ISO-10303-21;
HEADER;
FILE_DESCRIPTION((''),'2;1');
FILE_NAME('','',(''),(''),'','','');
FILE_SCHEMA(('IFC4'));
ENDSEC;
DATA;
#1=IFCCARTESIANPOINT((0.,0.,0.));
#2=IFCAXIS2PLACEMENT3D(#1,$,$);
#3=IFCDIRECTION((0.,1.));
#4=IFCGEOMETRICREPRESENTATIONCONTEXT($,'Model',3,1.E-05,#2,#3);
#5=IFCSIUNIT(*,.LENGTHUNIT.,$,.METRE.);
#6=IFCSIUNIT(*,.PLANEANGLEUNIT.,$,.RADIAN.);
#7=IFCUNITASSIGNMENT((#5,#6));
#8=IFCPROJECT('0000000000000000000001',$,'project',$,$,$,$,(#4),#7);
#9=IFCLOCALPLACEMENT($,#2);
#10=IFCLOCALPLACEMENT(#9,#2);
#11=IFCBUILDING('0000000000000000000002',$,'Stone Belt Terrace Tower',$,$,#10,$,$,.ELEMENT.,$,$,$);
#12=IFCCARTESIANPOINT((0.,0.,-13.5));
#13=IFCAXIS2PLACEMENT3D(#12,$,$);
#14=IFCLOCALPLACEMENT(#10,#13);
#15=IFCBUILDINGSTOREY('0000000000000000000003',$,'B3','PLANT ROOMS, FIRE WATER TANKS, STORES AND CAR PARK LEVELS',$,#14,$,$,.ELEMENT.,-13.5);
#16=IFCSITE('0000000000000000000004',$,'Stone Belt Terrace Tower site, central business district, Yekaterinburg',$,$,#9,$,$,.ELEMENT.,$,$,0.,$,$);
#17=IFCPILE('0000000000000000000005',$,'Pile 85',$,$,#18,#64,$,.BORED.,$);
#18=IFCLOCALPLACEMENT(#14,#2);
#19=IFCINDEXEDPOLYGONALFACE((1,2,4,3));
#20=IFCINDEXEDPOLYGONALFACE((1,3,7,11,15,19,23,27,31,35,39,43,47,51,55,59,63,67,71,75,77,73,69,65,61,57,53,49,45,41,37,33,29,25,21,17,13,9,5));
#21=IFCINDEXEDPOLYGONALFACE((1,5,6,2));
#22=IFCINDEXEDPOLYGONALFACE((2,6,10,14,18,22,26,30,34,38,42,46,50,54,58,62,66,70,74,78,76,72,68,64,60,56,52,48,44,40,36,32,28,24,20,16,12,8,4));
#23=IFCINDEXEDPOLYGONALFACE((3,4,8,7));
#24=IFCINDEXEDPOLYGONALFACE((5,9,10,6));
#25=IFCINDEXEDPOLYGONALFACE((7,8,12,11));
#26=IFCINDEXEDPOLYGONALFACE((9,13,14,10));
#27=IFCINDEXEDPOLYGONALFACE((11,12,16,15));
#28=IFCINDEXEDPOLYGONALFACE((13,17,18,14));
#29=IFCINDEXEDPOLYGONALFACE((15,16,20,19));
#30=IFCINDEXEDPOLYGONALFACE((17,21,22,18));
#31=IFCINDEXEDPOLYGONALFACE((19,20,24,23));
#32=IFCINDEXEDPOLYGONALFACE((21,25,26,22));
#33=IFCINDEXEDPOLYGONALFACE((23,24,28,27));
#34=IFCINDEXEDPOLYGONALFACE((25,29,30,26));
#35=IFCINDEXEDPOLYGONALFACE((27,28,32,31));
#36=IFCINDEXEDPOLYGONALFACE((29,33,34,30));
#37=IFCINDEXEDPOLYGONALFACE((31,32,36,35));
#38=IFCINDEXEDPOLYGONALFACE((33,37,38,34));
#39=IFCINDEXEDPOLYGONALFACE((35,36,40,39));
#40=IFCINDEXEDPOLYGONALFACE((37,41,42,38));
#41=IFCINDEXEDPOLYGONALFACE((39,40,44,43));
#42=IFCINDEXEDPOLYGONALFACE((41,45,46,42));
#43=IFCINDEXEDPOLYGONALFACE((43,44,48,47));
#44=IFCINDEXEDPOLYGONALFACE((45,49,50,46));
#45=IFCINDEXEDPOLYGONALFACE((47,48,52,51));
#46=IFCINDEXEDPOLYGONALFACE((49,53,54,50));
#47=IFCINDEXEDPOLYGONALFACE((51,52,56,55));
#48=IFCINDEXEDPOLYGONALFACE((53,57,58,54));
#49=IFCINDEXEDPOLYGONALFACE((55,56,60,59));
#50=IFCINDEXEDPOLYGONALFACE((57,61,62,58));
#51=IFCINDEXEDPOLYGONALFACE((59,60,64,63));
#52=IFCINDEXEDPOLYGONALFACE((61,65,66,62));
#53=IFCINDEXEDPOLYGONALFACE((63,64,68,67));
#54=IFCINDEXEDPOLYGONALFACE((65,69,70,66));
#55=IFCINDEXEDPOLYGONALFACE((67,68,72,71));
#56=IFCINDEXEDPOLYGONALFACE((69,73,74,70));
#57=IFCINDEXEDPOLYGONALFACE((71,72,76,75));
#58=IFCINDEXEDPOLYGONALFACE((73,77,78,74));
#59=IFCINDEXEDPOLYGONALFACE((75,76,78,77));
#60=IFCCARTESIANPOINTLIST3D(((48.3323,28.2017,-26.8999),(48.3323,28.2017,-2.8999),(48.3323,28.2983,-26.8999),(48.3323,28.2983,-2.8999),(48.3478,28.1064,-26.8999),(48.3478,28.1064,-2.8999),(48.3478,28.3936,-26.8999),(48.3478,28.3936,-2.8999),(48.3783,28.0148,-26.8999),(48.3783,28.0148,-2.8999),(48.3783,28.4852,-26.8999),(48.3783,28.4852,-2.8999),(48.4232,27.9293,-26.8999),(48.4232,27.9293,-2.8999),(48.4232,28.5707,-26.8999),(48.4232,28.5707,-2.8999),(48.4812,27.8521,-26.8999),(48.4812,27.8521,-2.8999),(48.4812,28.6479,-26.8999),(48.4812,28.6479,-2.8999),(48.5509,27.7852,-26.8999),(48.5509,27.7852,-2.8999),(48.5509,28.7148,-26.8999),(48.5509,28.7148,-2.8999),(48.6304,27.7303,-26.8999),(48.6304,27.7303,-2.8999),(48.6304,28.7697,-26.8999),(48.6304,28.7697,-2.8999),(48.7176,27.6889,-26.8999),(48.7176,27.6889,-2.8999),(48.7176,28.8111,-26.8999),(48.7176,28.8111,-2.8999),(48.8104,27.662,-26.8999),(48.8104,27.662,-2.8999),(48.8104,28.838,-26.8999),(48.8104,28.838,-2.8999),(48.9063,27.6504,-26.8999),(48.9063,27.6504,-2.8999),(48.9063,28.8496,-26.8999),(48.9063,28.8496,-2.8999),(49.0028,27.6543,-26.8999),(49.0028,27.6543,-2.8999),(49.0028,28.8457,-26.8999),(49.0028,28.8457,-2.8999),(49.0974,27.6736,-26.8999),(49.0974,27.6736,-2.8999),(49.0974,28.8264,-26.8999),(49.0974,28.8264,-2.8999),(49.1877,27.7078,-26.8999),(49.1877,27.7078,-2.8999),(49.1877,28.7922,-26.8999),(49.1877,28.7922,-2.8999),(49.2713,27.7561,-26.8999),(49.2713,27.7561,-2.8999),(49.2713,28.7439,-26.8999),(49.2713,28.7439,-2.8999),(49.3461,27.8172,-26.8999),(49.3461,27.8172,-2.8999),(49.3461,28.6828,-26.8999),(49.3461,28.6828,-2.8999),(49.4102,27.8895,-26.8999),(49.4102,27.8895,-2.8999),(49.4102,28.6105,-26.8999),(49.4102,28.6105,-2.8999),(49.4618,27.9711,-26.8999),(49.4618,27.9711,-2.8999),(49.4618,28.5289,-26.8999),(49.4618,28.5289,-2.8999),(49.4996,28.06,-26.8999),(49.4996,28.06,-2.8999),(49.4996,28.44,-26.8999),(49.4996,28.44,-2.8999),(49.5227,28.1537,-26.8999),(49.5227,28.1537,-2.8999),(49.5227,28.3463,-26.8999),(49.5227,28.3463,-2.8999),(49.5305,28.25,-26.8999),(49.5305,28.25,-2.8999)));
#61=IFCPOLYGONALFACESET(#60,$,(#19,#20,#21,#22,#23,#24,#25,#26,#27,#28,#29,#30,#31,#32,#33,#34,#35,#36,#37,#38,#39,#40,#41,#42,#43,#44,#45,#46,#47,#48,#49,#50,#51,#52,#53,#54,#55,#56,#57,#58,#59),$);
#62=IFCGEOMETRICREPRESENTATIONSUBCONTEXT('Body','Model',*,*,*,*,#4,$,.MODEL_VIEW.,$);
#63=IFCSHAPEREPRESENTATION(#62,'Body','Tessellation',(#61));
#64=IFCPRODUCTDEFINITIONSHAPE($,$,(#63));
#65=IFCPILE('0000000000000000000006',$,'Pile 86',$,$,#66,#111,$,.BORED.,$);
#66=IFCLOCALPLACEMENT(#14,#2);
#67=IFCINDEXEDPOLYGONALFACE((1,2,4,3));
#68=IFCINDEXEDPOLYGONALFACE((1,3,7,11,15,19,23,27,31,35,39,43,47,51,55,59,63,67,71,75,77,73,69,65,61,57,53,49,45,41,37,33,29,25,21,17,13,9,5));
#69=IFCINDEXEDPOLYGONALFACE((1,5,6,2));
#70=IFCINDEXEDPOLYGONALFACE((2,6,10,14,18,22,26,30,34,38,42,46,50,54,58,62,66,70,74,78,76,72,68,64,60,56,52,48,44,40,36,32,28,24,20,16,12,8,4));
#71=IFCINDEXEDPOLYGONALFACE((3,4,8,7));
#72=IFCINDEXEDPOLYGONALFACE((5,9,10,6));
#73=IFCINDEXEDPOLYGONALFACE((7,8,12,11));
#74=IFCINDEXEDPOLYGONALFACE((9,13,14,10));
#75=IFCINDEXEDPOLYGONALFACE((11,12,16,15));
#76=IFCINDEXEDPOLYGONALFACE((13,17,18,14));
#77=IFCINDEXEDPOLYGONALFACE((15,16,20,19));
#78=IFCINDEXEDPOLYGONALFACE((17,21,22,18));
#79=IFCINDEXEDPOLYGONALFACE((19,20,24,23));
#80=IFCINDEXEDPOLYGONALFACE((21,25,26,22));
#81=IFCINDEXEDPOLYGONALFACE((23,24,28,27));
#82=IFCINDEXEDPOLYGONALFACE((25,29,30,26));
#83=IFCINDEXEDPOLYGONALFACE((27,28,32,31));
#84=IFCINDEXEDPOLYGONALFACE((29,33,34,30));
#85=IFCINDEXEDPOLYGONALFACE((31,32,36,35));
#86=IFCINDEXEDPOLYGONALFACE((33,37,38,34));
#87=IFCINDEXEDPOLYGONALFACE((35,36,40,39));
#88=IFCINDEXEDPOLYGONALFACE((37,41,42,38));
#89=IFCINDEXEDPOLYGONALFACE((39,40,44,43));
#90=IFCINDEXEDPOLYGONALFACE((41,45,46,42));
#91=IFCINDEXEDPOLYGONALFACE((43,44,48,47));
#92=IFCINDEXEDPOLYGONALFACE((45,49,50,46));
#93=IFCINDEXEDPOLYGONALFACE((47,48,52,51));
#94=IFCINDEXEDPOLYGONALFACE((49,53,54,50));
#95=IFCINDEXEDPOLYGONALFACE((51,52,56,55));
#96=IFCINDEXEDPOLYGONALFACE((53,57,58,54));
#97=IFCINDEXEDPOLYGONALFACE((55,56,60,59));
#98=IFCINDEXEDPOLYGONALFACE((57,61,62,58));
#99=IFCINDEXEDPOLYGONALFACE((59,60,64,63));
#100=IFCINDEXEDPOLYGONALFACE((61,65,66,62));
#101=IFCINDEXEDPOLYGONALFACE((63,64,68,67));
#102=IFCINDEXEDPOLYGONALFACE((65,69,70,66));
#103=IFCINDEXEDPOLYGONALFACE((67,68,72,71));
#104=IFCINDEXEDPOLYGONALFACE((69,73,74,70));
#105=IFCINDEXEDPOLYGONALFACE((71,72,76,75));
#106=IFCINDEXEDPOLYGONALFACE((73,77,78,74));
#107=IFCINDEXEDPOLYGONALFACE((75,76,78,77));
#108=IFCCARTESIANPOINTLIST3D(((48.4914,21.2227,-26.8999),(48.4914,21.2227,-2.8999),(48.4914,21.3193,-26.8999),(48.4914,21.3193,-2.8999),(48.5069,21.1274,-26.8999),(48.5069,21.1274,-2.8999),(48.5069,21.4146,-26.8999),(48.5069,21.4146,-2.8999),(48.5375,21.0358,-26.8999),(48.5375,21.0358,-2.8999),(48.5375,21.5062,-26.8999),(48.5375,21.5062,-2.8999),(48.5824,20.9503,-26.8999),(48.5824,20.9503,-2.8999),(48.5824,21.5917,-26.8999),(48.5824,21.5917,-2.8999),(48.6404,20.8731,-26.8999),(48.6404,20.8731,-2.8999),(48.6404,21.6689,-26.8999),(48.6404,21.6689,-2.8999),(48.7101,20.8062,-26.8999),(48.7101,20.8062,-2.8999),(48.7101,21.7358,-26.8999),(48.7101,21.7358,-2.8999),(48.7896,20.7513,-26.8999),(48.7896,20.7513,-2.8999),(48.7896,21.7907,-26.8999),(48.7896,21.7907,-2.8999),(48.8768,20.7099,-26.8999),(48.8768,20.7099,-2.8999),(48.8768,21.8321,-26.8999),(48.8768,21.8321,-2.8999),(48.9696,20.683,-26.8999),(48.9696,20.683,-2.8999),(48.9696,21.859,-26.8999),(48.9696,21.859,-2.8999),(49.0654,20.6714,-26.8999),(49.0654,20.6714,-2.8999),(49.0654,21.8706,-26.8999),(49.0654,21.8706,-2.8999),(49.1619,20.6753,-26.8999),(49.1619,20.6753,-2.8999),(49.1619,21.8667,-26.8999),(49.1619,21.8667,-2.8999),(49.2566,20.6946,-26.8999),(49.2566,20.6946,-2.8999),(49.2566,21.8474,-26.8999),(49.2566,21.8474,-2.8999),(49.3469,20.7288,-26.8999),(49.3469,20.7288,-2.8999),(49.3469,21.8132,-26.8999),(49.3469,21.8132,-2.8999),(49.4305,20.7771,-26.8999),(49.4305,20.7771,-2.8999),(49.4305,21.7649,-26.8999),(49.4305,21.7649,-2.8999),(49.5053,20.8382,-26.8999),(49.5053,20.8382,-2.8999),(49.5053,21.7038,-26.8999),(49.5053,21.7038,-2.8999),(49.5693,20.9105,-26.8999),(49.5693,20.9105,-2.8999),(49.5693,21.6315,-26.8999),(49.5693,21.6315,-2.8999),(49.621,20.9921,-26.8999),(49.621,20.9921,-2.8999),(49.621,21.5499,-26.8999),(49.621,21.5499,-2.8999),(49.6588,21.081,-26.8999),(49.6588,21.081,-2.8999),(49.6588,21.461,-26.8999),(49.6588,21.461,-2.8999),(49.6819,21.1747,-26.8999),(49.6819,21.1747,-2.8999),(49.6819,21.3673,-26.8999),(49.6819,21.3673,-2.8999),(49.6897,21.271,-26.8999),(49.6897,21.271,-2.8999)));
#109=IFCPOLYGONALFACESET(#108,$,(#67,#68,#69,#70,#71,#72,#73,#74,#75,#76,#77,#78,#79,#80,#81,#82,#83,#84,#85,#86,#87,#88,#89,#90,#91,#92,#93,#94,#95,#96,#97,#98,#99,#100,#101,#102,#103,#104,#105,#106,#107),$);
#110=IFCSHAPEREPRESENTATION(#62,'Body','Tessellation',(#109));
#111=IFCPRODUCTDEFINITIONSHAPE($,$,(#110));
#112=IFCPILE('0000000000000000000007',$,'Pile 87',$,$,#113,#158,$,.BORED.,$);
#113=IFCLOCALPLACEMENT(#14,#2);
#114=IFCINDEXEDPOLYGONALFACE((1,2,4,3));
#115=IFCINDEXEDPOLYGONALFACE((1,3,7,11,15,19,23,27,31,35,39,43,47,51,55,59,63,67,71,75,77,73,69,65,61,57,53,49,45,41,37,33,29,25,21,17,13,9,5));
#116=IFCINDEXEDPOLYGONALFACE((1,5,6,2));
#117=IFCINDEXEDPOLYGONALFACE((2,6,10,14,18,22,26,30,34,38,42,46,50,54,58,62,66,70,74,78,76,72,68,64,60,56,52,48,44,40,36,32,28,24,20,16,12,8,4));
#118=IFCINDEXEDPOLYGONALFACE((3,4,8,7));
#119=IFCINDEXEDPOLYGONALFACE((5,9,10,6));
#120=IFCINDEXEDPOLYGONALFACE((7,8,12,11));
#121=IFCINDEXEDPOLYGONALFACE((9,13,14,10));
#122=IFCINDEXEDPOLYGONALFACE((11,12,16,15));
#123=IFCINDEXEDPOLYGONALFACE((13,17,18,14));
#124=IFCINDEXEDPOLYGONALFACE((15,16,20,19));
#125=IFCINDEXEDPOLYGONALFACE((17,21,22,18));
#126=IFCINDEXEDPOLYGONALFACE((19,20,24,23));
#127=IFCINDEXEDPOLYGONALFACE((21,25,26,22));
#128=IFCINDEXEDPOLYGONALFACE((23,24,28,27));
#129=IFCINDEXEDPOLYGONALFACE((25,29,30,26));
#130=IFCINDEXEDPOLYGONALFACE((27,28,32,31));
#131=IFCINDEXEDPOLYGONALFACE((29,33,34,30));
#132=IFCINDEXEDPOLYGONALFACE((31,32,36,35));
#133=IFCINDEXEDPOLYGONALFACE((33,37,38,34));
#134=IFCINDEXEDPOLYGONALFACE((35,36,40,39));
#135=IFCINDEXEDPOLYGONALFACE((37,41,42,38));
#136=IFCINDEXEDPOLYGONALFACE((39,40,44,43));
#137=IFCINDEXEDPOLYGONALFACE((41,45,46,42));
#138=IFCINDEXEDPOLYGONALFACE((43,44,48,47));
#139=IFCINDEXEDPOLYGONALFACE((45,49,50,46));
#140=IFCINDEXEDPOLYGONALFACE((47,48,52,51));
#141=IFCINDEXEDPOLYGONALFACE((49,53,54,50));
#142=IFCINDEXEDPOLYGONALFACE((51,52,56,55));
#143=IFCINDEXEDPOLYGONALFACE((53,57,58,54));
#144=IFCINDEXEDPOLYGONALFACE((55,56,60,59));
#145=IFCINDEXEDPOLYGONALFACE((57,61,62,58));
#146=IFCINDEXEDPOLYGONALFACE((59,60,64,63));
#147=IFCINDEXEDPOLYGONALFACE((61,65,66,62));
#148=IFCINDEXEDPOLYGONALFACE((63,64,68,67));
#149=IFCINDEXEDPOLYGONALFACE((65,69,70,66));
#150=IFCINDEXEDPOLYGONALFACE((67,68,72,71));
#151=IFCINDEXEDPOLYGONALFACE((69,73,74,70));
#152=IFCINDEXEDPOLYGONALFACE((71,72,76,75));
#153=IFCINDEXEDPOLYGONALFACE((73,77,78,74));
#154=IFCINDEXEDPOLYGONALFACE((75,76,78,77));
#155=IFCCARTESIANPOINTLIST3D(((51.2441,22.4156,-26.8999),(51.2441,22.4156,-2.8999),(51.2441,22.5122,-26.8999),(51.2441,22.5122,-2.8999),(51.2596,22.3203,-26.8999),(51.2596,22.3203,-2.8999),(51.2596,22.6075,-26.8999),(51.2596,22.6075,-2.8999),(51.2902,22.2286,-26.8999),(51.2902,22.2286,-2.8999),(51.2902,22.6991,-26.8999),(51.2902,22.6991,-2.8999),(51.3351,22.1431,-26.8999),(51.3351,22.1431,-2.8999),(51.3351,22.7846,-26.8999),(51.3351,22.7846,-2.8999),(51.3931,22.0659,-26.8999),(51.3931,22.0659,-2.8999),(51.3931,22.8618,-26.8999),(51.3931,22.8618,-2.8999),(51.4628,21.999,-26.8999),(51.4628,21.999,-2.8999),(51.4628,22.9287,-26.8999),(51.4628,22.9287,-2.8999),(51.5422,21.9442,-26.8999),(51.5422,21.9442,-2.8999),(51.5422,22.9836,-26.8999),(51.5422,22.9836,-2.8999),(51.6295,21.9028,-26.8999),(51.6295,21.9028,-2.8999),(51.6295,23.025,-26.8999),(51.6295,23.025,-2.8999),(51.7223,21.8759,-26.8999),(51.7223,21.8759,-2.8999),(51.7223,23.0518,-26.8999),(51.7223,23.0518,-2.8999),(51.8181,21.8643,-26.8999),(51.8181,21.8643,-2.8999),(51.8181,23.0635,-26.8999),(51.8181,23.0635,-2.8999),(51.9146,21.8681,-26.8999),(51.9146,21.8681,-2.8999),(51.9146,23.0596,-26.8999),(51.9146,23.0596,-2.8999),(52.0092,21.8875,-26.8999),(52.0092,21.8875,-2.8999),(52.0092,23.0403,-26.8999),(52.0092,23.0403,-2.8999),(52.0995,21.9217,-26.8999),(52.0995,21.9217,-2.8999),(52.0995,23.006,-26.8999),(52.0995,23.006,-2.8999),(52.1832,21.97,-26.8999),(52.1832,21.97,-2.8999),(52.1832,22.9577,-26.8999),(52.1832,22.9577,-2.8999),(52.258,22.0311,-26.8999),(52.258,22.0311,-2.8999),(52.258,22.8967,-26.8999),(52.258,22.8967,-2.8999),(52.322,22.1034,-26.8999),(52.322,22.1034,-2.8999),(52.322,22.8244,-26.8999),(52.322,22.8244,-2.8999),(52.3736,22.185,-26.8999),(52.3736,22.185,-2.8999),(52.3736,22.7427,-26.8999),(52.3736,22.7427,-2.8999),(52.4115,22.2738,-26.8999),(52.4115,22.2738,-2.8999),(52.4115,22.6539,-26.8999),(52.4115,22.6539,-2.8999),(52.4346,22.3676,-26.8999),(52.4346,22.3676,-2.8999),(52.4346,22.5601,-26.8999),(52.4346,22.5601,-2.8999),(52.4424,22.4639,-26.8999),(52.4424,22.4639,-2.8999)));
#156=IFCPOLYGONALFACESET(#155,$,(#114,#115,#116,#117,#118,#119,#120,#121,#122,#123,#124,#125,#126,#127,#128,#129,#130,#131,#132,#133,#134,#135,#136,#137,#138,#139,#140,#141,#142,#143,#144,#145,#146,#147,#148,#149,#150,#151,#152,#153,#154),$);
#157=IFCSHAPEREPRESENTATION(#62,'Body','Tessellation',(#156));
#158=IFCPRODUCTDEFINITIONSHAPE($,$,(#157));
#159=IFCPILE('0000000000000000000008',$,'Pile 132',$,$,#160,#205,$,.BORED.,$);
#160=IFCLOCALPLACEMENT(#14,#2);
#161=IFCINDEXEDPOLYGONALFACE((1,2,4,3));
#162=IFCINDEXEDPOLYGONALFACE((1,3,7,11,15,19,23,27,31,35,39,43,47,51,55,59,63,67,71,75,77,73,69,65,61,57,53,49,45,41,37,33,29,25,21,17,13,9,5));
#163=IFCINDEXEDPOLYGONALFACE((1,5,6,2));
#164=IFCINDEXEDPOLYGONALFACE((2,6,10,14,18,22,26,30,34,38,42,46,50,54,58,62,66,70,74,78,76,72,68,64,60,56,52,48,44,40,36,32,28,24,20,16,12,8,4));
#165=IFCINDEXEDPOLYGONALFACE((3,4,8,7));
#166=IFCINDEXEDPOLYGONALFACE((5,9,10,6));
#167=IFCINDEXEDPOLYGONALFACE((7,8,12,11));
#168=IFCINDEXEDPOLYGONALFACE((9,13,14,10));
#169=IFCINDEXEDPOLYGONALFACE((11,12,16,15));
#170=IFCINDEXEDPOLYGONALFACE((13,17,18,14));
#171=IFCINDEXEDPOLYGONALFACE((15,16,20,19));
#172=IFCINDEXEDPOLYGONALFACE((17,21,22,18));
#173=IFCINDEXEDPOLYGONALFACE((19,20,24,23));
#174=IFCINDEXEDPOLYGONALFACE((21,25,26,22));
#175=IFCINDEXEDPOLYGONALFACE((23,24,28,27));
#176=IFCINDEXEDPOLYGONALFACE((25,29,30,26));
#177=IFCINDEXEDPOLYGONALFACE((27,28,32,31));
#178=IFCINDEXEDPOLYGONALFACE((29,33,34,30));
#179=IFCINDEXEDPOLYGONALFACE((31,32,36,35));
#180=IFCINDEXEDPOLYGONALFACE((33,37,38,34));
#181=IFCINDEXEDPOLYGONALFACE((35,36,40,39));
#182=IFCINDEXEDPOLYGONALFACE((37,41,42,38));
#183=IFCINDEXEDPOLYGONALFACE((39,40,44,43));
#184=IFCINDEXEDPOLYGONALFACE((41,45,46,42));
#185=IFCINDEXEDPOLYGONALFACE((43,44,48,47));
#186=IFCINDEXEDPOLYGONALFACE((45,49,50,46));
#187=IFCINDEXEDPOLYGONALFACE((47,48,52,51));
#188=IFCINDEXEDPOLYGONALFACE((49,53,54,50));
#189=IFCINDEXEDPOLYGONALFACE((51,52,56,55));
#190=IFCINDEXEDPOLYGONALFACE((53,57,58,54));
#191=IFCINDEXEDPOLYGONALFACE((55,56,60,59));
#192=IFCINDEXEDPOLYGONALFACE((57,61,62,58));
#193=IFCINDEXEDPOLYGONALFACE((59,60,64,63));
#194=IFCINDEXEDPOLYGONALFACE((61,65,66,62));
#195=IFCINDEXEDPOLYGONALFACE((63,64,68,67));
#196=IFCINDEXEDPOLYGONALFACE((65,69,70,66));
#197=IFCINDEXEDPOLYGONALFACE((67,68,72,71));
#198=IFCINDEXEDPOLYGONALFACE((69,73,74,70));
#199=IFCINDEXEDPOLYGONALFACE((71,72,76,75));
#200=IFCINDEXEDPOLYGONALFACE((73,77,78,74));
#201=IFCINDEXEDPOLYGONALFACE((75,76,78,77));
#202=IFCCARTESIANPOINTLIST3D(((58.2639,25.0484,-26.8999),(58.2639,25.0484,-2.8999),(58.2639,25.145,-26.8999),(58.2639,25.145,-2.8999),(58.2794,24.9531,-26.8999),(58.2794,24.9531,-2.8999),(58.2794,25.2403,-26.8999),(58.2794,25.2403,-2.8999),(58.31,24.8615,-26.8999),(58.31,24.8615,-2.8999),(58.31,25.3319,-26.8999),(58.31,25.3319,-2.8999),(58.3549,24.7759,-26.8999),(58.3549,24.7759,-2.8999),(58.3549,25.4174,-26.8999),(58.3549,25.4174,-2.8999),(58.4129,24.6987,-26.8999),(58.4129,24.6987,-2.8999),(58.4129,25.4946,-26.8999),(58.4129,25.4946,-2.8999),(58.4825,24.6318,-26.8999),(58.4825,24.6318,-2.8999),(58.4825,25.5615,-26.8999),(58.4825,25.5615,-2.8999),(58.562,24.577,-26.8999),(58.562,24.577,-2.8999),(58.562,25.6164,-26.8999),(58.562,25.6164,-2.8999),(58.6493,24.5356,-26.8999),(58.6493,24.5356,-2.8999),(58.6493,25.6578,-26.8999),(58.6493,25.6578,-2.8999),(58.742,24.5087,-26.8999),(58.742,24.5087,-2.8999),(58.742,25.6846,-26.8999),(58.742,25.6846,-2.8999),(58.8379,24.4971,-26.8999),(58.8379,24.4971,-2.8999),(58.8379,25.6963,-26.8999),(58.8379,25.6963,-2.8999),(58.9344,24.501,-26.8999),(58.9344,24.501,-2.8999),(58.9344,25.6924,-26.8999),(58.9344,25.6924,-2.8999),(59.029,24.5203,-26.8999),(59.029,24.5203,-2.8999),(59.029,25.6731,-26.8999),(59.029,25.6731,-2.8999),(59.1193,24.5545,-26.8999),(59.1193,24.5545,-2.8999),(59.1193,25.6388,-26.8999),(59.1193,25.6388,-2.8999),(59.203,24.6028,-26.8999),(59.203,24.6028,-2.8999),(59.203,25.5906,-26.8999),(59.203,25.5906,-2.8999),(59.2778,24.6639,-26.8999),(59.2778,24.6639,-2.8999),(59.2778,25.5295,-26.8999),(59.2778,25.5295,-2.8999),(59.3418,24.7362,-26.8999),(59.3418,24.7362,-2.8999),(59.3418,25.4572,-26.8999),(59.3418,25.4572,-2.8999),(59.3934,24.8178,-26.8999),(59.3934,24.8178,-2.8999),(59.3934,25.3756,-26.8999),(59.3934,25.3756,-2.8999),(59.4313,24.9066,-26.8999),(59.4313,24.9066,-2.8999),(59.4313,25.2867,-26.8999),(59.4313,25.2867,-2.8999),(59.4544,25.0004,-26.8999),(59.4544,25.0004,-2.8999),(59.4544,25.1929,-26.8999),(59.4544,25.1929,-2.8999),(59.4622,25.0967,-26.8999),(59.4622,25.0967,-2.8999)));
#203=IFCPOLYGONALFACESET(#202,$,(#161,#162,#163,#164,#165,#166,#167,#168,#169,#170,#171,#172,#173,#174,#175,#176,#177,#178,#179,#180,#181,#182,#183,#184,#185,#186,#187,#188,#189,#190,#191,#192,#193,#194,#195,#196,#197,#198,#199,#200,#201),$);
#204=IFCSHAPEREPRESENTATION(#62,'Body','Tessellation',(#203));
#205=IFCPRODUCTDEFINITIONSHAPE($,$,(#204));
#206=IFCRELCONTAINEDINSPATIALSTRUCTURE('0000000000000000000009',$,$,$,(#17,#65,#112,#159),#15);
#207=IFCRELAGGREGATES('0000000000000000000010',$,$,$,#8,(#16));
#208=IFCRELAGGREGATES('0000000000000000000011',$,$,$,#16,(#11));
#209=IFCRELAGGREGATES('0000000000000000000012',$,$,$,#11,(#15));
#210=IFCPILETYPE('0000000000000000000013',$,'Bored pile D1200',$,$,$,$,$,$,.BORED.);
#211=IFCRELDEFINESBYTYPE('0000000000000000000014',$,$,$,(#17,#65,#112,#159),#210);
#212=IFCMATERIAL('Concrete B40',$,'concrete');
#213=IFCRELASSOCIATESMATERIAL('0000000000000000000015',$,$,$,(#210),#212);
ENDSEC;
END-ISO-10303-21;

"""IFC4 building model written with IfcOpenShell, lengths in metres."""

from ifc_helpers import new_model, si_unit, direction, frame, origin, origin_2d, place, context, subcontext, project, spatial, circle, extrude, material, material_profile, profile_set, type_object, element, save


model = new_model("IFC4")

# Units and contexts
model_context = context("Model", 3, precision=1e-05, world=origin(), true_north=direction((0.0, 1.0)))
body_context = subcontext(model_context, "Body", "Model", "MODEL_VIEW")
ifc_project = project(units=[si_unit("LENGTHUNIT", "METRE"), si_unit("PLANEANGLEUNIT", "RADIAN")], contexts=[model_context])

# Site, building, storey
site_placement = place(None, origin())
site = spatial("IfcSite", under=ifc_project, at=site_placement, Name="Stone Belt Terrace Tower site, central business district, Yekaterinburg", CompositionType="ELEMENT", RefElevation=0.0)
building_placement = place(site_placement, origin())
building = spatial("IfcBuilding", under=site, at=building_placement, Name="Stone Belt Terrace Tower", CompositionType="ELEMENT")
storey_placement = place(building_placement, frame((0.0, 0.0, -13.5)))
storey = spatial("IfcBuildingStorey", under=building, at=storey_placement, Name="B3", Description="PLANT ROOMS, FIRE WATER TANKS, STORES AND CAR PARK LEVELS", CompositionType="ELEMENT", Elevation=-13.5)

# Piles
ifc_material_1 = material(Name="Concrete B40", Category="concrete")
ifc_material_profile_1 = material_profile(ifc_material_1, circle(Radius=0.6001, at=origin_2d()), Name="PILE D1200")
ifc_profile_set_1 = profile_set([ifc_material_profile_1], Name="Concrete B40")
pile_type = type_object("IfcPileType", Name="Bored pile D1200", PredefinedType="BORED", material=ifc_profile_set_1)
for number, where, z_axis, x_axis, name in (
    (1, (48.9304, 28.25, -2.8999), (0.0, 0.0, -1.0), (1.0, 0.0, 0.0), "Pile 85"),
    (2, (49.0896, 21.271, -2.8999), (0.0, 0.0, -1.0), (1.0, 0.0, 0.0), "Pile 86"),
    (3, (51.8423, 22.4639, -2.8999), (0.0, 0.0, -1.0), (1.0, 0.0, 0.0), "Pile 87"),
    (4, (58.8621, 25.0967, -2.8999), (0.0, 0.0, -1.0), (1.0, 0.0, 0.0), "Pile 132"),
):
    element("IfcPile", number, at=place(storey_placement, frame(where, z_axis=z_axis, x_axis=x_axis)), inside=storey, type_object=pile_type, Name=name, PredefinedType="BORED", context=body_context, shape_type="SweptSolid", body=[
        extrude(circle(Radius=0.6001, at=origin_2d()), origin(), (0.0, 0.0, 1.0), 24.0),
    ])

save(model, "model.ifc")
